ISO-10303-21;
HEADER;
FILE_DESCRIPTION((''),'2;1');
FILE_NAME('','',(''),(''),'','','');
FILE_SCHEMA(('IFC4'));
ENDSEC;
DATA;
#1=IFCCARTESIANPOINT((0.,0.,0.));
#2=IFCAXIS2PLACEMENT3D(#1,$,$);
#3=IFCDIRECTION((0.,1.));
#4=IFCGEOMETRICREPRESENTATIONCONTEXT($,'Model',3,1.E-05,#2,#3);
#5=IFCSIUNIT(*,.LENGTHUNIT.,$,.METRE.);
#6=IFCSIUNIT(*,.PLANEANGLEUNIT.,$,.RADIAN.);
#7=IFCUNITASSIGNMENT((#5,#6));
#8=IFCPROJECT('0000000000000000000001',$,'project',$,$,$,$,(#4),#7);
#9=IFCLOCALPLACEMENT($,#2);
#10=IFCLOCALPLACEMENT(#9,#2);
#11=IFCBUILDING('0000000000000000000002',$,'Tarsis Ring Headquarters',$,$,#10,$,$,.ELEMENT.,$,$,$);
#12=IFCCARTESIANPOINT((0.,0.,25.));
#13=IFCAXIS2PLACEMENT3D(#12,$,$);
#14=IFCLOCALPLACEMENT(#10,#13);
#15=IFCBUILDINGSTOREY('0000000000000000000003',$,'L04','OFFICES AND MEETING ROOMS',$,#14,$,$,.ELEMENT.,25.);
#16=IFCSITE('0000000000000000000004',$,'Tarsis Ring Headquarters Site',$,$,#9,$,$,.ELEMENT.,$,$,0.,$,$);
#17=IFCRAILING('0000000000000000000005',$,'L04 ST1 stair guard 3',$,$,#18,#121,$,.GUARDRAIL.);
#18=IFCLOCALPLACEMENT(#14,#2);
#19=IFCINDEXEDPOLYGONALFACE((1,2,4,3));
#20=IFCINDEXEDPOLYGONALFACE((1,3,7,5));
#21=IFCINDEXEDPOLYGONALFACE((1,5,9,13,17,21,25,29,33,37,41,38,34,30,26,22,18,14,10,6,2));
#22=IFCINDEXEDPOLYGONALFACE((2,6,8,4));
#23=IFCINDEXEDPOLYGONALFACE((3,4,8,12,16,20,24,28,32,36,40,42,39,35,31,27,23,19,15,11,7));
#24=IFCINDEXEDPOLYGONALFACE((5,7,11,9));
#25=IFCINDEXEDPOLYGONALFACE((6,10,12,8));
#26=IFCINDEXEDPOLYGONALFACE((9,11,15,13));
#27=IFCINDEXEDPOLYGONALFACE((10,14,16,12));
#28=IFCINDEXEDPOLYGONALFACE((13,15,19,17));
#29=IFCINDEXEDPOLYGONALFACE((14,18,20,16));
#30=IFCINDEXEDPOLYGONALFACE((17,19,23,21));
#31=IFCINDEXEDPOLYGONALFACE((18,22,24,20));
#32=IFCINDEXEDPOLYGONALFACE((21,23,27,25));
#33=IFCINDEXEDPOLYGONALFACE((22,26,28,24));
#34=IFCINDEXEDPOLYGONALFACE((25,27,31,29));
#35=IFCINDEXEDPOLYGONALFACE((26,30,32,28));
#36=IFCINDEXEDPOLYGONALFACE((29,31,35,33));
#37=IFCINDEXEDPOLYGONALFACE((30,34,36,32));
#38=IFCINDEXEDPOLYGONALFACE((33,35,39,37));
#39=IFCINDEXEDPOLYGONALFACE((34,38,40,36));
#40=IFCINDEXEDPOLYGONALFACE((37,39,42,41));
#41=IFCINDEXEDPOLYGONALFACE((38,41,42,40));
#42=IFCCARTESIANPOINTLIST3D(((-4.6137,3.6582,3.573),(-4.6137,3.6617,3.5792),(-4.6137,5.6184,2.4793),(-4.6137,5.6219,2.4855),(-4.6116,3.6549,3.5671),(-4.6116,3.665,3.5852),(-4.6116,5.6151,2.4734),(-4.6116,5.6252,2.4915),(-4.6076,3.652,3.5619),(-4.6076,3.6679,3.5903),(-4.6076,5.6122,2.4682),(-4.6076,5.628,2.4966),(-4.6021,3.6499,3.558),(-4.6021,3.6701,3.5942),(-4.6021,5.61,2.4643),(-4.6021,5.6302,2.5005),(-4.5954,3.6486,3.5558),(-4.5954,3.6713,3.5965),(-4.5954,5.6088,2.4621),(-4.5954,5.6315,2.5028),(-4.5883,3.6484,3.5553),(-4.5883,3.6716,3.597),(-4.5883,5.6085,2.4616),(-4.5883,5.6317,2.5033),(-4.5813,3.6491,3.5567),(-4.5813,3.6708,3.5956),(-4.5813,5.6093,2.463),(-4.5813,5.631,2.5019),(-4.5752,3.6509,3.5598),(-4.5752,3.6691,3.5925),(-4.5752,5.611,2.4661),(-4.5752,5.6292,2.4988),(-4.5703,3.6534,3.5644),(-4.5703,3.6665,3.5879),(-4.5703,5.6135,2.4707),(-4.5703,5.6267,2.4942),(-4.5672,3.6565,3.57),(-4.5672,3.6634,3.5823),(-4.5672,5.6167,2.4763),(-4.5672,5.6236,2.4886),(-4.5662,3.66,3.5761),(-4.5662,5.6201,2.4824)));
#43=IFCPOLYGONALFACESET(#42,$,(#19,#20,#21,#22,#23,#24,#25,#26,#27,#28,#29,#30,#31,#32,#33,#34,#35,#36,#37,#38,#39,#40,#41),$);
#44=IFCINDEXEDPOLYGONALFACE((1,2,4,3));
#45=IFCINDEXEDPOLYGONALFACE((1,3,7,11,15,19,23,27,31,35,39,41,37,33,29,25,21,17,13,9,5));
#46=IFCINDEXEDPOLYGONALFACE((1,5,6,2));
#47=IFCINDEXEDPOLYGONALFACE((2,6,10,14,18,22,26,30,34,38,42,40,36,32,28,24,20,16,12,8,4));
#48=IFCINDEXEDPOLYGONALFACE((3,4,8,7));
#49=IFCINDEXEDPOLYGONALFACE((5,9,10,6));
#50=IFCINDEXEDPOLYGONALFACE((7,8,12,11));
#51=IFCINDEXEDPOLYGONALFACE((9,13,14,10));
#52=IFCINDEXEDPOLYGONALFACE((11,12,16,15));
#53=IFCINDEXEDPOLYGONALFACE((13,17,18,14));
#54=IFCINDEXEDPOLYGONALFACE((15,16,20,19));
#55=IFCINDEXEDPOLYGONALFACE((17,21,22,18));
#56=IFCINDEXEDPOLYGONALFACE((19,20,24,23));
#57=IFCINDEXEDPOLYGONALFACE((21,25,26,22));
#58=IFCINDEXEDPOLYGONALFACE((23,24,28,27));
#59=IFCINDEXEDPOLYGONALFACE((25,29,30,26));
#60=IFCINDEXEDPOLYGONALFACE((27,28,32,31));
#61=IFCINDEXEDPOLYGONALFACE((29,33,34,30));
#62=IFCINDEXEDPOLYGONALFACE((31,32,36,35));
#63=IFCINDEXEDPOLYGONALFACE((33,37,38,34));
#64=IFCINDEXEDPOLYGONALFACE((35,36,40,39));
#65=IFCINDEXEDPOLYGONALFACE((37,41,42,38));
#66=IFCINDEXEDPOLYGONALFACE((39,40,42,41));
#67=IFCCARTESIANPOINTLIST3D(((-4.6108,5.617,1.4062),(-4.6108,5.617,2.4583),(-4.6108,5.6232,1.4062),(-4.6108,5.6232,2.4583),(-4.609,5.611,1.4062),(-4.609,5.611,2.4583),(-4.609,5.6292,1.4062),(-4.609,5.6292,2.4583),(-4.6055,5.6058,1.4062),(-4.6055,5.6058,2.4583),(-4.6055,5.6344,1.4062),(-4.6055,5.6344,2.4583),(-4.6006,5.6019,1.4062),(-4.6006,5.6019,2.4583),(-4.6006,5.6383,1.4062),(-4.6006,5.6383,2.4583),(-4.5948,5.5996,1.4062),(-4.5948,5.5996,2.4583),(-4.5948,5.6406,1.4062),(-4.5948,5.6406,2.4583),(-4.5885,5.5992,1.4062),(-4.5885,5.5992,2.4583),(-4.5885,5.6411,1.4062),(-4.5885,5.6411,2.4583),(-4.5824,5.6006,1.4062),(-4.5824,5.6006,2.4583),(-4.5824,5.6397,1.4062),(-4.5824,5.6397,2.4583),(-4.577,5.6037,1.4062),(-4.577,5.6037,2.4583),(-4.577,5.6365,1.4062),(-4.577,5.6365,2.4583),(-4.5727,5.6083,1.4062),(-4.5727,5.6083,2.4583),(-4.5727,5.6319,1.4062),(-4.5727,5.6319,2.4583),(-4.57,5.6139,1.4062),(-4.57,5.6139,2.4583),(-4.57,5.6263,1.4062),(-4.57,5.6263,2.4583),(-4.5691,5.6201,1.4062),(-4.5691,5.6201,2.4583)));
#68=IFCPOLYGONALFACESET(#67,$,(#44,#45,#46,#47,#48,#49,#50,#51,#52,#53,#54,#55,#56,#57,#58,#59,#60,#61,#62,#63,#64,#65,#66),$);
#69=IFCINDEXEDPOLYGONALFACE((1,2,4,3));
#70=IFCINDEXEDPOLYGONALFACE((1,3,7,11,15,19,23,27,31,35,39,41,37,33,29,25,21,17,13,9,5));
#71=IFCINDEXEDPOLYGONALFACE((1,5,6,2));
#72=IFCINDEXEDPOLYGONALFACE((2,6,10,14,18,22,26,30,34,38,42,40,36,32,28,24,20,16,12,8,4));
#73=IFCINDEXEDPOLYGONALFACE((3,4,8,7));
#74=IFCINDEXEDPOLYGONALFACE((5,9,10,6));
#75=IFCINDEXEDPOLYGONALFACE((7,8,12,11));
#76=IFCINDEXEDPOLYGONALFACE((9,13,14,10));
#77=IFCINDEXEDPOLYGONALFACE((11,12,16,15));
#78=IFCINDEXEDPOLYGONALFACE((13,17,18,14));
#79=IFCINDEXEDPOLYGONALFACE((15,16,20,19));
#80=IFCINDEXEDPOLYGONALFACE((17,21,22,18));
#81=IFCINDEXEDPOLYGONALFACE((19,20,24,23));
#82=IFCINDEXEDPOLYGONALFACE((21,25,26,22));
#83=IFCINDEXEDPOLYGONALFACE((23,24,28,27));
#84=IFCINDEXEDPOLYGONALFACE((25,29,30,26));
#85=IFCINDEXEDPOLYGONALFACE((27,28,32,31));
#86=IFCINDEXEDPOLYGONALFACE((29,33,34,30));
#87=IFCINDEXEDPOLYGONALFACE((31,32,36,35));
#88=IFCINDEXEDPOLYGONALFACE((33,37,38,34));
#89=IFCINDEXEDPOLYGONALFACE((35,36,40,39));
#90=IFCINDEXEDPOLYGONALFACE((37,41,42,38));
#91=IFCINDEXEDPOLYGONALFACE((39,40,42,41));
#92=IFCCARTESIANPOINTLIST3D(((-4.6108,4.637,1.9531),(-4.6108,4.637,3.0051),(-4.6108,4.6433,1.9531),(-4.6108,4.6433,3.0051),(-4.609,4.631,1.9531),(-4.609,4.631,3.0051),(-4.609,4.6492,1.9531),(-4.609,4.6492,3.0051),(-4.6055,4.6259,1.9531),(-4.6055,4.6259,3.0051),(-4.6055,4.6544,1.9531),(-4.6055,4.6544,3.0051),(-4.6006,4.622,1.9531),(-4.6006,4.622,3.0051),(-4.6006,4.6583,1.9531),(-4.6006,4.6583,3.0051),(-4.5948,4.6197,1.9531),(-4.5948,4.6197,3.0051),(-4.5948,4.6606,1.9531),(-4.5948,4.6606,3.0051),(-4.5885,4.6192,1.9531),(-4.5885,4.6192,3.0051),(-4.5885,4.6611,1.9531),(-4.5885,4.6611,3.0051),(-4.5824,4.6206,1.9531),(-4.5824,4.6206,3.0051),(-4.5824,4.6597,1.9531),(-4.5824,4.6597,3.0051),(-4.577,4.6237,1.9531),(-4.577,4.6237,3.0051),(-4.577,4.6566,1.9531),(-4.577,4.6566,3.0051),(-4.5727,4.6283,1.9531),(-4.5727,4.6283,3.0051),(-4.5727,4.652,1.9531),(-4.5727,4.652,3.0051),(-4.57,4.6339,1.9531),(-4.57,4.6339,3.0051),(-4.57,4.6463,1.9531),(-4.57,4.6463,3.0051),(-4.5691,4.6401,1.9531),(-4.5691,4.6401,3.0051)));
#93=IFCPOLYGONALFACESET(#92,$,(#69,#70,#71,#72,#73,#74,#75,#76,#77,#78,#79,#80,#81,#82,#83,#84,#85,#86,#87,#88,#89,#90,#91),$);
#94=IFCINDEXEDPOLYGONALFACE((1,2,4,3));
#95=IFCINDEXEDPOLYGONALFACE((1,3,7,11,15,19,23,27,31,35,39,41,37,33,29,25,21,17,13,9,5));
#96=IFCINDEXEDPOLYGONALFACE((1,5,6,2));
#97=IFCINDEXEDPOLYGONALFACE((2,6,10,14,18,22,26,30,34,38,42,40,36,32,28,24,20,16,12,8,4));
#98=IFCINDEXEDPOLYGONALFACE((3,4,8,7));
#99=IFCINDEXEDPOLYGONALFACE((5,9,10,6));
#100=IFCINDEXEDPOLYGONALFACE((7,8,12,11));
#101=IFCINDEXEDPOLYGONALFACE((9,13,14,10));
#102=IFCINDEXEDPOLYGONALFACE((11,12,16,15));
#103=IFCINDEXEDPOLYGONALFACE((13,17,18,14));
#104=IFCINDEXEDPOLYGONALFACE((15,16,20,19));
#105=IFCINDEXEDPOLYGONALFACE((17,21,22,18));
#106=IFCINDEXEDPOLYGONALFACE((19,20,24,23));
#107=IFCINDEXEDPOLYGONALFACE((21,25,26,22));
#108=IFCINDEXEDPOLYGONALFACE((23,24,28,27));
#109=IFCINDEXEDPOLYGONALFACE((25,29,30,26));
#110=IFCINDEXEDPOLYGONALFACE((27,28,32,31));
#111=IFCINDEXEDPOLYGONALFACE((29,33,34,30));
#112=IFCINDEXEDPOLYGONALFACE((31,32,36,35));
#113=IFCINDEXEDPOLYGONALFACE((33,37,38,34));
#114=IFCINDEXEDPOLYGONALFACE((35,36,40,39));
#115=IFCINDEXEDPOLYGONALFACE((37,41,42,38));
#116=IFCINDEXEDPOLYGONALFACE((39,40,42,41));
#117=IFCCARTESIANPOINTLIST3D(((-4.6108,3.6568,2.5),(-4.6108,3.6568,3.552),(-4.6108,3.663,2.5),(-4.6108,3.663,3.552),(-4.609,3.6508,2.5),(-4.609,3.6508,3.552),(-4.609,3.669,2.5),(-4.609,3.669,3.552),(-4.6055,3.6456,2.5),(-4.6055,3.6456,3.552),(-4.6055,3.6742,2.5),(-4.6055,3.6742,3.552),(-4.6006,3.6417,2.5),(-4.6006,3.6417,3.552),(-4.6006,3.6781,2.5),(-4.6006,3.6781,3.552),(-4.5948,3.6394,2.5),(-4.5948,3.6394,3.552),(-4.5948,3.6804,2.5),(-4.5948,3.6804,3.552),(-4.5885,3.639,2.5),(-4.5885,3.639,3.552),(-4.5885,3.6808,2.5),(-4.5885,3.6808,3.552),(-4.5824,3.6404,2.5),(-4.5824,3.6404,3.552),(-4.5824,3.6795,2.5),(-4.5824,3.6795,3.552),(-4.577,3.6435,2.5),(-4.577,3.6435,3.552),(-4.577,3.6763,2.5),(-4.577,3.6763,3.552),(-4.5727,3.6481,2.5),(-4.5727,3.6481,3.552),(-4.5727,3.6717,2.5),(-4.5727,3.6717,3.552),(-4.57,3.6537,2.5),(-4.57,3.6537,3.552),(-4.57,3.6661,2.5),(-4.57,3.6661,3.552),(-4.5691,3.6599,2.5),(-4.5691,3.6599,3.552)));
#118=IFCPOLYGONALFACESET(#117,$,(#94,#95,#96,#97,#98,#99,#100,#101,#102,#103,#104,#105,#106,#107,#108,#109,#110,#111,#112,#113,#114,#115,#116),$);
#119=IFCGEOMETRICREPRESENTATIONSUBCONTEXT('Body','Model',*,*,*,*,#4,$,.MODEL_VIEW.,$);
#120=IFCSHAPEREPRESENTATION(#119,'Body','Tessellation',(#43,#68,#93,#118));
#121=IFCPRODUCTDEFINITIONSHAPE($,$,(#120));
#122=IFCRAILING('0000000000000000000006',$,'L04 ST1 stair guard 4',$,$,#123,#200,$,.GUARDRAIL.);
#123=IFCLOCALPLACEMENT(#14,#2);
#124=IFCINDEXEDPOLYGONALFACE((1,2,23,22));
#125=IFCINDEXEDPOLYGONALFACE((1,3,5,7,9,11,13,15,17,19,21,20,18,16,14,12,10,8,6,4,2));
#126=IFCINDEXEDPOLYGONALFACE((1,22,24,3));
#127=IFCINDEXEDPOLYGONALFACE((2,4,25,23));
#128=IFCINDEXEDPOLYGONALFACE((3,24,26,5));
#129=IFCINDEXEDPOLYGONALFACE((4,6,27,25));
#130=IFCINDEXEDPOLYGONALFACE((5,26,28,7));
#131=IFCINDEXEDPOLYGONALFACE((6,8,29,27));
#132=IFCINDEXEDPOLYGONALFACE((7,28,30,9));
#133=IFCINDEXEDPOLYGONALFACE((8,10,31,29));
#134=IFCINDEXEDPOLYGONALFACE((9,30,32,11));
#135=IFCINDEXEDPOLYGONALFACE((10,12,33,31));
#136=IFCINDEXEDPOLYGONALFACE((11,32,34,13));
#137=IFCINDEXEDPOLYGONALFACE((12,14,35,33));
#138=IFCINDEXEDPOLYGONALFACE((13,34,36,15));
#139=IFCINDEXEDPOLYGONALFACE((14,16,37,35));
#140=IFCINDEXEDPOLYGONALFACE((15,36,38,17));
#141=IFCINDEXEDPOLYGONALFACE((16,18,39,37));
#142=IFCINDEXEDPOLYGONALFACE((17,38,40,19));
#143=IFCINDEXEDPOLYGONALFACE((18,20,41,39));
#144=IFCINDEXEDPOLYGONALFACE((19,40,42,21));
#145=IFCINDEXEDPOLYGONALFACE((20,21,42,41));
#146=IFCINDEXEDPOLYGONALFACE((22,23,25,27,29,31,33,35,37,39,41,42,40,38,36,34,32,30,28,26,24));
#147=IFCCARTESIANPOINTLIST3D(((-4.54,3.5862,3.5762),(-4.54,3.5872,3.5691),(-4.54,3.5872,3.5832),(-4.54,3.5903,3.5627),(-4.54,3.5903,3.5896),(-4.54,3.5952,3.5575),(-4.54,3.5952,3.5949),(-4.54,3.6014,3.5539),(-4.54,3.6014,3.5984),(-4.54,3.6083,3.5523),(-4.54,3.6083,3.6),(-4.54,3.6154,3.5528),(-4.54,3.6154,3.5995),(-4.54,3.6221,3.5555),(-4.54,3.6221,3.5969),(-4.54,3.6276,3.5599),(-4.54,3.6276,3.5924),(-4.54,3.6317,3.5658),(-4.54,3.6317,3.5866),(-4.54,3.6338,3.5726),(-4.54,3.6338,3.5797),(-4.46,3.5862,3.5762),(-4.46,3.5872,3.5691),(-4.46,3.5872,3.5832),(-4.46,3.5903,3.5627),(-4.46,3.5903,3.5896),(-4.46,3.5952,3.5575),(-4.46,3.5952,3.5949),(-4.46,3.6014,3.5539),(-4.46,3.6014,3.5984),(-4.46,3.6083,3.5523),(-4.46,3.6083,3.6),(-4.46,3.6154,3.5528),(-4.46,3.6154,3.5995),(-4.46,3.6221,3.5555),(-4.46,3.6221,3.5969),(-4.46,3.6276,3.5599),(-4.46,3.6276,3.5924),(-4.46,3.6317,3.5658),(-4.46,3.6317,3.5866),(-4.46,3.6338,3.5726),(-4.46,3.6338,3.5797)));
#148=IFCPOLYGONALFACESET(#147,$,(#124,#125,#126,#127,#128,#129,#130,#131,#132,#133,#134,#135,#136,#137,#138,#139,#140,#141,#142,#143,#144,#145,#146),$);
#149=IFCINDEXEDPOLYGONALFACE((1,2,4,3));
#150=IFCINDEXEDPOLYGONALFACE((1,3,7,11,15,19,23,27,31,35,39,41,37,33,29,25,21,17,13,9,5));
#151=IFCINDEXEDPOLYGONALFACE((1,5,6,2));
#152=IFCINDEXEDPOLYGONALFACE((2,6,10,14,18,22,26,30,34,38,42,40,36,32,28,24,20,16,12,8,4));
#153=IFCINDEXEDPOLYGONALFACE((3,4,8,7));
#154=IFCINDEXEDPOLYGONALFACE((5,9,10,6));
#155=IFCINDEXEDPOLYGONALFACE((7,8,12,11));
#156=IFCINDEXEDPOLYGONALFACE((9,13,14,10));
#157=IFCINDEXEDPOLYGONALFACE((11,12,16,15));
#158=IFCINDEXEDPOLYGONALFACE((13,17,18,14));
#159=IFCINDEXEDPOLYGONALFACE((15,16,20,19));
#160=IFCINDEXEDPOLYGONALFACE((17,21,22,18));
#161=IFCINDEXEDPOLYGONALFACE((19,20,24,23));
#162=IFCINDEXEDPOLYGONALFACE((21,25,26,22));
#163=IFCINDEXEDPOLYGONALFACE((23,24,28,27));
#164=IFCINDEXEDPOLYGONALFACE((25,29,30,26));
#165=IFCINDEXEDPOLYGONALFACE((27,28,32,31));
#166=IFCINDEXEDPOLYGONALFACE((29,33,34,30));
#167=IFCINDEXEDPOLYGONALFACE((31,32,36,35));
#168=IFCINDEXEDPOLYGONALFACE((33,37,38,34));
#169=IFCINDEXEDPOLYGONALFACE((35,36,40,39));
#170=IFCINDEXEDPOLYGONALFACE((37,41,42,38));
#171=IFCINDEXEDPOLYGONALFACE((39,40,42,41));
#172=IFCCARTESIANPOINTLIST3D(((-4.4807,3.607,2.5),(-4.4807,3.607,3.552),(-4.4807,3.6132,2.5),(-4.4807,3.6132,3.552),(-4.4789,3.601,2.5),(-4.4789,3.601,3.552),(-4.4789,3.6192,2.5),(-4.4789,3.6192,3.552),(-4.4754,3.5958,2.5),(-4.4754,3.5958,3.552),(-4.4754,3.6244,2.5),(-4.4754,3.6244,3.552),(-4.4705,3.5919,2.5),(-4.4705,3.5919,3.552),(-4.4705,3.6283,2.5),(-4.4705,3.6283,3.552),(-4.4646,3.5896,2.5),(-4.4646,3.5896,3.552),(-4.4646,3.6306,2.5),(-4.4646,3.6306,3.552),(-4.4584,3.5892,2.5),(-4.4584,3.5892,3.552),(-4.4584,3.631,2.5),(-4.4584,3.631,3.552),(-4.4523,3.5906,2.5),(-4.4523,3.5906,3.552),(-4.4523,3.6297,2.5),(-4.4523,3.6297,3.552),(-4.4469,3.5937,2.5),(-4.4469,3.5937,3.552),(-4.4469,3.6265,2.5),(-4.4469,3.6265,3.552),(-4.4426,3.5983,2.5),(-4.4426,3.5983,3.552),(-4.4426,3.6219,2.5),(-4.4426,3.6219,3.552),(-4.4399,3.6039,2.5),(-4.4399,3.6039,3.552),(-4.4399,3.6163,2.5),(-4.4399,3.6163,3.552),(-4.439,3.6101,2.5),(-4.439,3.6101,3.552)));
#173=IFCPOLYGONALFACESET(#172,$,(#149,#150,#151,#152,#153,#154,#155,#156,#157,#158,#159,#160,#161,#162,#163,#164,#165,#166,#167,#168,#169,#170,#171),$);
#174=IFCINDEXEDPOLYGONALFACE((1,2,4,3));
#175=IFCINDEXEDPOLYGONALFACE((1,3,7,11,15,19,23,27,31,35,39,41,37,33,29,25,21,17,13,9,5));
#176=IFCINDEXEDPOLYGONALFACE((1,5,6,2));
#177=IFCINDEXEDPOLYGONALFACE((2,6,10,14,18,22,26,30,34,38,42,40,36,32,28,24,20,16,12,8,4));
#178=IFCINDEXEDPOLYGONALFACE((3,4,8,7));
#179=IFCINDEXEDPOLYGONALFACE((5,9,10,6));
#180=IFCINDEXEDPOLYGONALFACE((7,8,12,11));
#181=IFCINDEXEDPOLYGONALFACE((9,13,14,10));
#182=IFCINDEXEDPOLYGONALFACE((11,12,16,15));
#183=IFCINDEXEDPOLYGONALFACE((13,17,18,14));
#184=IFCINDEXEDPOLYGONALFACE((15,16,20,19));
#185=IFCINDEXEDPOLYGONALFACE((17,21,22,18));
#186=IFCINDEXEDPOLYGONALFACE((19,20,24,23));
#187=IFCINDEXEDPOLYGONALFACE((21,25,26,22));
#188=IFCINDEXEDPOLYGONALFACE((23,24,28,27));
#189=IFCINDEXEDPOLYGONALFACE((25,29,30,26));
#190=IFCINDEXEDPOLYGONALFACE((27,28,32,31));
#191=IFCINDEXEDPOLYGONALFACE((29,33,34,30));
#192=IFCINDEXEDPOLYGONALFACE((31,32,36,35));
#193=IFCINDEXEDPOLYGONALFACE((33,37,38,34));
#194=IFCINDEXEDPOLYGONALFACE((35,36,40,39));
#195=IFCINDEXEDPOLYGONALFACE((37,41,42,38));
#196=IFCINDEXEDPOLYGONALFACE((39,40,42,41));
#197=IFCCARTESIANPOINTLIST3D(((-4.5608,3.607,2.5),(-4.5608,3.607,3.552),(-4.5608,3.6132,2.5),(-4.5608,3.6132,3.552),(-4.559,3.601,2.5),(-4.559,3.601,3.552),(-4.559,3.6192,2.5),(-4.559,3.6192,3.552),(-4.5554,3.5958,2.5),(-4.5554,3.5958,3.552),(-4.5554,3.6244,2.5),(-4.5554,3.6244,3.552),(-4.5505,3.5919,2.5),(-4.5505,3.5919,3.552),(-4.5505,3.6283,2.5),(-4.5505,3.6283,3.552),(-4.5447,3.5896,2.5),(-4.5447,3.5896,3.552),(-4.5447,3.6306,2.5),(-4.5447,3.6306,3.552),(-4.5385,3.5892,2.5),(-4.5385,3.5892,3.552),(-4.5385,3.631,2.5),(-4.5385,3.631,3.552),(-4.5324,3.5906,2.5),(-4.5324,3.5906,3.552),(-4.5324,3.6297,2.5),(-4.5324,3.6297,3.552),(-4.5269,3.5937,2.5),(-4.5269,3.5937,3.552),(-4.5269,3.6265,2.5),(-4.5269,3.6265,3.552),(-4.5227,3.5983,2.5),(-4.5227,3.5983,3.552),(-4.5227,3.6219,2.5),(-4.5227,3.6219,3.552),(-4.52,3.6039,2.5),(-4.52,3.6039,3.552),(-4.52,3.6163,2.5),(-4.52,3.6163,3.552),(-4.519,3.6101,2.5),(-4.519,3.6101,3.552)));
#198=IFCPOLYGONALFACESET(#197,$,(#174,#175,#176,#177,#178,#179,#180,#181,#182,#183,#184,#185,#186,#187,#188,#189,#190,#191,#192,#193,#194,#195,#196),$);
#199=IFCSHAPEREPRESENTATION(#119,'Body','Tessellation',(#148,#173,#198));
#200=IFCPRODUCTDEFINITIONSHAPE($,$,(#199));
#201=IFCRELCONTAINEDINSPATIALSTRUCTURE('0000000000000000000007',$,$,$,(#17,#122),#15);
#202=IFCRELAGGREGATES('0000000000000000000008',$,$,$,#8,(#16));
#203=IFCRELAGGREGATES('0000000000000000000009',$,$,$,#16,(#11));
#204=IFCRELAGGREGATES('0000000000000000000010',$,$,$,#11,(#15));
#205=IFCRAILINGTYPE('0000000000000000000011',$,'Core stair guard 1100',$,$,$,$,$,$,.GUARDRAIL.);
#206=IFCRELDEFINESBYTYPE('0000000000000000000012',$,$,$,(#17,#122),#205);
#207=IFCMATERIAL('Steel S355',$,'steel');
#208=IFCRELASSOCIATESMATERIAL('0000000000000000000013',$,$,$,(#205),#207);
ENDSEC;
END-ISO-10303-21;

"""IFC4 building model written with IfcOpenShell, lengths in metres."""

from ifc_helpers import new_model, si_unit, direction, frame, origin, origin_2d, place, context, subcontext, project, spatial, circle, extrude, material, type_object, element, save


model = new_model("IFC4")

# Units and contexts
model_context = context("Model", 3, precision=1e-05, world=origin(), true_north=direction((0.0, 1.0)))
body_context = subcontext(model_context, "Body", "Model", "MODEL_VIEW")
ifc_project = project(units=[si_unit("LENGTHUNIT", "METRE"), si_unit("PLANEANGLEUNIT", "RADIAN")], contexts=[model_context])

# Site, building, storey
site_placement = place(None, origin())
site = spatial("IfcSite", under=ifc_project, at=site_placement, Name="Tarsis Ring Headquarters Site", CompositionType="ELEMENT", RefElevation=0.0)
building_placement = place(site_placement, origin())
building = spatial("IfcBuilding", under=site, at=building_placement, Name="Tarsis Ring Headquarters", CompositionType="ELEMENT")
storey_placement = place(building_placement, frame((0.0, 0.0, 25.0)))
storey = spatial("IfcBuildingStorey", under=building, at=storey_placement, Name="L04", Description="OFFICES AND MEETING ROOMS", CompositionType="ELEMENT", Elevation=25.0)

# Shared definitions
ifc_material_1 = material(Name="Steel S355", Category="steel")

# Railings
railing_type_1 = type_object("IfcRailingType", Name="Core stair guard 1100", PredefinedType="GUARDRAIL", material=ifc_material_1)
railing_1_placement = place(storey_placement, frame((-4.5901, 5.6201, 1.4062)))
element("IfcRailing", 1, at=railing_1_placement, inside=storey, type_object=railing_type_1, Name="L04 ST1 stair guard 3", PredefinedType="GUARDRAIL", context=body_context, shape_type="SweptSolid", body=[
    extrude(circle(Radius=0.0239, at=origin_2d()), frame((0.0, 0.0, 1.0762), z_axis=(0.0, -0.873258, 0.487258), x_axis=(1.0, 0.0, 0.0)), (0.0, 0.0, 1.0), 2.2446),
    extrude(circle(Radius=0.021, at=origin_2d()), origin(), (0.0, 0.0, 1.0), 1.052),
    extrude(circle(Radius=0.021, at=origin_2d()), frame((0.0, -0.98, 0.5469)), (0.0, 0.0, 1.0), 1.052),
    extrude(circle(Radius=0.021, at=origin_2d()), frame((0.0, -1.9602, 1.0938)), (0.0, 0.0, 1.0), 1.052),
])
railing_2_placement = place(storey_placement, frame((-4.46, 3.6101, 2.5)))
element("IfcRailing", 2, at=railing_2_placement, inside=storey, type_object=railing_type_1, Name="L04 ST1 stair guard 4", PredefinedType="GUARDRAIL", context=body_context, shape_type="SweptSolid", body=[
    extrude(circle(Radius=0.0239, at=origin_2d()), frame((0.0, 0.0, 1.0762), z_axis=(-1.0, 0.0, 0.0), x_axis=(0.0, -1.0, 0.0)), (0.0, 0.0, 1.0), 0.0801),
    extrude(circle(Radius=0.021, at=origin_2d()), origin(), (0.0, 0.0, 1.0), 1.052),
    extrude(circle(Radius=0.021, at=origin_2d()), frame((-0.0801, 0.0, 0.0)), (0.0, 0.0, 1.0), 1.052),
])

save(model, "model.ifc")
